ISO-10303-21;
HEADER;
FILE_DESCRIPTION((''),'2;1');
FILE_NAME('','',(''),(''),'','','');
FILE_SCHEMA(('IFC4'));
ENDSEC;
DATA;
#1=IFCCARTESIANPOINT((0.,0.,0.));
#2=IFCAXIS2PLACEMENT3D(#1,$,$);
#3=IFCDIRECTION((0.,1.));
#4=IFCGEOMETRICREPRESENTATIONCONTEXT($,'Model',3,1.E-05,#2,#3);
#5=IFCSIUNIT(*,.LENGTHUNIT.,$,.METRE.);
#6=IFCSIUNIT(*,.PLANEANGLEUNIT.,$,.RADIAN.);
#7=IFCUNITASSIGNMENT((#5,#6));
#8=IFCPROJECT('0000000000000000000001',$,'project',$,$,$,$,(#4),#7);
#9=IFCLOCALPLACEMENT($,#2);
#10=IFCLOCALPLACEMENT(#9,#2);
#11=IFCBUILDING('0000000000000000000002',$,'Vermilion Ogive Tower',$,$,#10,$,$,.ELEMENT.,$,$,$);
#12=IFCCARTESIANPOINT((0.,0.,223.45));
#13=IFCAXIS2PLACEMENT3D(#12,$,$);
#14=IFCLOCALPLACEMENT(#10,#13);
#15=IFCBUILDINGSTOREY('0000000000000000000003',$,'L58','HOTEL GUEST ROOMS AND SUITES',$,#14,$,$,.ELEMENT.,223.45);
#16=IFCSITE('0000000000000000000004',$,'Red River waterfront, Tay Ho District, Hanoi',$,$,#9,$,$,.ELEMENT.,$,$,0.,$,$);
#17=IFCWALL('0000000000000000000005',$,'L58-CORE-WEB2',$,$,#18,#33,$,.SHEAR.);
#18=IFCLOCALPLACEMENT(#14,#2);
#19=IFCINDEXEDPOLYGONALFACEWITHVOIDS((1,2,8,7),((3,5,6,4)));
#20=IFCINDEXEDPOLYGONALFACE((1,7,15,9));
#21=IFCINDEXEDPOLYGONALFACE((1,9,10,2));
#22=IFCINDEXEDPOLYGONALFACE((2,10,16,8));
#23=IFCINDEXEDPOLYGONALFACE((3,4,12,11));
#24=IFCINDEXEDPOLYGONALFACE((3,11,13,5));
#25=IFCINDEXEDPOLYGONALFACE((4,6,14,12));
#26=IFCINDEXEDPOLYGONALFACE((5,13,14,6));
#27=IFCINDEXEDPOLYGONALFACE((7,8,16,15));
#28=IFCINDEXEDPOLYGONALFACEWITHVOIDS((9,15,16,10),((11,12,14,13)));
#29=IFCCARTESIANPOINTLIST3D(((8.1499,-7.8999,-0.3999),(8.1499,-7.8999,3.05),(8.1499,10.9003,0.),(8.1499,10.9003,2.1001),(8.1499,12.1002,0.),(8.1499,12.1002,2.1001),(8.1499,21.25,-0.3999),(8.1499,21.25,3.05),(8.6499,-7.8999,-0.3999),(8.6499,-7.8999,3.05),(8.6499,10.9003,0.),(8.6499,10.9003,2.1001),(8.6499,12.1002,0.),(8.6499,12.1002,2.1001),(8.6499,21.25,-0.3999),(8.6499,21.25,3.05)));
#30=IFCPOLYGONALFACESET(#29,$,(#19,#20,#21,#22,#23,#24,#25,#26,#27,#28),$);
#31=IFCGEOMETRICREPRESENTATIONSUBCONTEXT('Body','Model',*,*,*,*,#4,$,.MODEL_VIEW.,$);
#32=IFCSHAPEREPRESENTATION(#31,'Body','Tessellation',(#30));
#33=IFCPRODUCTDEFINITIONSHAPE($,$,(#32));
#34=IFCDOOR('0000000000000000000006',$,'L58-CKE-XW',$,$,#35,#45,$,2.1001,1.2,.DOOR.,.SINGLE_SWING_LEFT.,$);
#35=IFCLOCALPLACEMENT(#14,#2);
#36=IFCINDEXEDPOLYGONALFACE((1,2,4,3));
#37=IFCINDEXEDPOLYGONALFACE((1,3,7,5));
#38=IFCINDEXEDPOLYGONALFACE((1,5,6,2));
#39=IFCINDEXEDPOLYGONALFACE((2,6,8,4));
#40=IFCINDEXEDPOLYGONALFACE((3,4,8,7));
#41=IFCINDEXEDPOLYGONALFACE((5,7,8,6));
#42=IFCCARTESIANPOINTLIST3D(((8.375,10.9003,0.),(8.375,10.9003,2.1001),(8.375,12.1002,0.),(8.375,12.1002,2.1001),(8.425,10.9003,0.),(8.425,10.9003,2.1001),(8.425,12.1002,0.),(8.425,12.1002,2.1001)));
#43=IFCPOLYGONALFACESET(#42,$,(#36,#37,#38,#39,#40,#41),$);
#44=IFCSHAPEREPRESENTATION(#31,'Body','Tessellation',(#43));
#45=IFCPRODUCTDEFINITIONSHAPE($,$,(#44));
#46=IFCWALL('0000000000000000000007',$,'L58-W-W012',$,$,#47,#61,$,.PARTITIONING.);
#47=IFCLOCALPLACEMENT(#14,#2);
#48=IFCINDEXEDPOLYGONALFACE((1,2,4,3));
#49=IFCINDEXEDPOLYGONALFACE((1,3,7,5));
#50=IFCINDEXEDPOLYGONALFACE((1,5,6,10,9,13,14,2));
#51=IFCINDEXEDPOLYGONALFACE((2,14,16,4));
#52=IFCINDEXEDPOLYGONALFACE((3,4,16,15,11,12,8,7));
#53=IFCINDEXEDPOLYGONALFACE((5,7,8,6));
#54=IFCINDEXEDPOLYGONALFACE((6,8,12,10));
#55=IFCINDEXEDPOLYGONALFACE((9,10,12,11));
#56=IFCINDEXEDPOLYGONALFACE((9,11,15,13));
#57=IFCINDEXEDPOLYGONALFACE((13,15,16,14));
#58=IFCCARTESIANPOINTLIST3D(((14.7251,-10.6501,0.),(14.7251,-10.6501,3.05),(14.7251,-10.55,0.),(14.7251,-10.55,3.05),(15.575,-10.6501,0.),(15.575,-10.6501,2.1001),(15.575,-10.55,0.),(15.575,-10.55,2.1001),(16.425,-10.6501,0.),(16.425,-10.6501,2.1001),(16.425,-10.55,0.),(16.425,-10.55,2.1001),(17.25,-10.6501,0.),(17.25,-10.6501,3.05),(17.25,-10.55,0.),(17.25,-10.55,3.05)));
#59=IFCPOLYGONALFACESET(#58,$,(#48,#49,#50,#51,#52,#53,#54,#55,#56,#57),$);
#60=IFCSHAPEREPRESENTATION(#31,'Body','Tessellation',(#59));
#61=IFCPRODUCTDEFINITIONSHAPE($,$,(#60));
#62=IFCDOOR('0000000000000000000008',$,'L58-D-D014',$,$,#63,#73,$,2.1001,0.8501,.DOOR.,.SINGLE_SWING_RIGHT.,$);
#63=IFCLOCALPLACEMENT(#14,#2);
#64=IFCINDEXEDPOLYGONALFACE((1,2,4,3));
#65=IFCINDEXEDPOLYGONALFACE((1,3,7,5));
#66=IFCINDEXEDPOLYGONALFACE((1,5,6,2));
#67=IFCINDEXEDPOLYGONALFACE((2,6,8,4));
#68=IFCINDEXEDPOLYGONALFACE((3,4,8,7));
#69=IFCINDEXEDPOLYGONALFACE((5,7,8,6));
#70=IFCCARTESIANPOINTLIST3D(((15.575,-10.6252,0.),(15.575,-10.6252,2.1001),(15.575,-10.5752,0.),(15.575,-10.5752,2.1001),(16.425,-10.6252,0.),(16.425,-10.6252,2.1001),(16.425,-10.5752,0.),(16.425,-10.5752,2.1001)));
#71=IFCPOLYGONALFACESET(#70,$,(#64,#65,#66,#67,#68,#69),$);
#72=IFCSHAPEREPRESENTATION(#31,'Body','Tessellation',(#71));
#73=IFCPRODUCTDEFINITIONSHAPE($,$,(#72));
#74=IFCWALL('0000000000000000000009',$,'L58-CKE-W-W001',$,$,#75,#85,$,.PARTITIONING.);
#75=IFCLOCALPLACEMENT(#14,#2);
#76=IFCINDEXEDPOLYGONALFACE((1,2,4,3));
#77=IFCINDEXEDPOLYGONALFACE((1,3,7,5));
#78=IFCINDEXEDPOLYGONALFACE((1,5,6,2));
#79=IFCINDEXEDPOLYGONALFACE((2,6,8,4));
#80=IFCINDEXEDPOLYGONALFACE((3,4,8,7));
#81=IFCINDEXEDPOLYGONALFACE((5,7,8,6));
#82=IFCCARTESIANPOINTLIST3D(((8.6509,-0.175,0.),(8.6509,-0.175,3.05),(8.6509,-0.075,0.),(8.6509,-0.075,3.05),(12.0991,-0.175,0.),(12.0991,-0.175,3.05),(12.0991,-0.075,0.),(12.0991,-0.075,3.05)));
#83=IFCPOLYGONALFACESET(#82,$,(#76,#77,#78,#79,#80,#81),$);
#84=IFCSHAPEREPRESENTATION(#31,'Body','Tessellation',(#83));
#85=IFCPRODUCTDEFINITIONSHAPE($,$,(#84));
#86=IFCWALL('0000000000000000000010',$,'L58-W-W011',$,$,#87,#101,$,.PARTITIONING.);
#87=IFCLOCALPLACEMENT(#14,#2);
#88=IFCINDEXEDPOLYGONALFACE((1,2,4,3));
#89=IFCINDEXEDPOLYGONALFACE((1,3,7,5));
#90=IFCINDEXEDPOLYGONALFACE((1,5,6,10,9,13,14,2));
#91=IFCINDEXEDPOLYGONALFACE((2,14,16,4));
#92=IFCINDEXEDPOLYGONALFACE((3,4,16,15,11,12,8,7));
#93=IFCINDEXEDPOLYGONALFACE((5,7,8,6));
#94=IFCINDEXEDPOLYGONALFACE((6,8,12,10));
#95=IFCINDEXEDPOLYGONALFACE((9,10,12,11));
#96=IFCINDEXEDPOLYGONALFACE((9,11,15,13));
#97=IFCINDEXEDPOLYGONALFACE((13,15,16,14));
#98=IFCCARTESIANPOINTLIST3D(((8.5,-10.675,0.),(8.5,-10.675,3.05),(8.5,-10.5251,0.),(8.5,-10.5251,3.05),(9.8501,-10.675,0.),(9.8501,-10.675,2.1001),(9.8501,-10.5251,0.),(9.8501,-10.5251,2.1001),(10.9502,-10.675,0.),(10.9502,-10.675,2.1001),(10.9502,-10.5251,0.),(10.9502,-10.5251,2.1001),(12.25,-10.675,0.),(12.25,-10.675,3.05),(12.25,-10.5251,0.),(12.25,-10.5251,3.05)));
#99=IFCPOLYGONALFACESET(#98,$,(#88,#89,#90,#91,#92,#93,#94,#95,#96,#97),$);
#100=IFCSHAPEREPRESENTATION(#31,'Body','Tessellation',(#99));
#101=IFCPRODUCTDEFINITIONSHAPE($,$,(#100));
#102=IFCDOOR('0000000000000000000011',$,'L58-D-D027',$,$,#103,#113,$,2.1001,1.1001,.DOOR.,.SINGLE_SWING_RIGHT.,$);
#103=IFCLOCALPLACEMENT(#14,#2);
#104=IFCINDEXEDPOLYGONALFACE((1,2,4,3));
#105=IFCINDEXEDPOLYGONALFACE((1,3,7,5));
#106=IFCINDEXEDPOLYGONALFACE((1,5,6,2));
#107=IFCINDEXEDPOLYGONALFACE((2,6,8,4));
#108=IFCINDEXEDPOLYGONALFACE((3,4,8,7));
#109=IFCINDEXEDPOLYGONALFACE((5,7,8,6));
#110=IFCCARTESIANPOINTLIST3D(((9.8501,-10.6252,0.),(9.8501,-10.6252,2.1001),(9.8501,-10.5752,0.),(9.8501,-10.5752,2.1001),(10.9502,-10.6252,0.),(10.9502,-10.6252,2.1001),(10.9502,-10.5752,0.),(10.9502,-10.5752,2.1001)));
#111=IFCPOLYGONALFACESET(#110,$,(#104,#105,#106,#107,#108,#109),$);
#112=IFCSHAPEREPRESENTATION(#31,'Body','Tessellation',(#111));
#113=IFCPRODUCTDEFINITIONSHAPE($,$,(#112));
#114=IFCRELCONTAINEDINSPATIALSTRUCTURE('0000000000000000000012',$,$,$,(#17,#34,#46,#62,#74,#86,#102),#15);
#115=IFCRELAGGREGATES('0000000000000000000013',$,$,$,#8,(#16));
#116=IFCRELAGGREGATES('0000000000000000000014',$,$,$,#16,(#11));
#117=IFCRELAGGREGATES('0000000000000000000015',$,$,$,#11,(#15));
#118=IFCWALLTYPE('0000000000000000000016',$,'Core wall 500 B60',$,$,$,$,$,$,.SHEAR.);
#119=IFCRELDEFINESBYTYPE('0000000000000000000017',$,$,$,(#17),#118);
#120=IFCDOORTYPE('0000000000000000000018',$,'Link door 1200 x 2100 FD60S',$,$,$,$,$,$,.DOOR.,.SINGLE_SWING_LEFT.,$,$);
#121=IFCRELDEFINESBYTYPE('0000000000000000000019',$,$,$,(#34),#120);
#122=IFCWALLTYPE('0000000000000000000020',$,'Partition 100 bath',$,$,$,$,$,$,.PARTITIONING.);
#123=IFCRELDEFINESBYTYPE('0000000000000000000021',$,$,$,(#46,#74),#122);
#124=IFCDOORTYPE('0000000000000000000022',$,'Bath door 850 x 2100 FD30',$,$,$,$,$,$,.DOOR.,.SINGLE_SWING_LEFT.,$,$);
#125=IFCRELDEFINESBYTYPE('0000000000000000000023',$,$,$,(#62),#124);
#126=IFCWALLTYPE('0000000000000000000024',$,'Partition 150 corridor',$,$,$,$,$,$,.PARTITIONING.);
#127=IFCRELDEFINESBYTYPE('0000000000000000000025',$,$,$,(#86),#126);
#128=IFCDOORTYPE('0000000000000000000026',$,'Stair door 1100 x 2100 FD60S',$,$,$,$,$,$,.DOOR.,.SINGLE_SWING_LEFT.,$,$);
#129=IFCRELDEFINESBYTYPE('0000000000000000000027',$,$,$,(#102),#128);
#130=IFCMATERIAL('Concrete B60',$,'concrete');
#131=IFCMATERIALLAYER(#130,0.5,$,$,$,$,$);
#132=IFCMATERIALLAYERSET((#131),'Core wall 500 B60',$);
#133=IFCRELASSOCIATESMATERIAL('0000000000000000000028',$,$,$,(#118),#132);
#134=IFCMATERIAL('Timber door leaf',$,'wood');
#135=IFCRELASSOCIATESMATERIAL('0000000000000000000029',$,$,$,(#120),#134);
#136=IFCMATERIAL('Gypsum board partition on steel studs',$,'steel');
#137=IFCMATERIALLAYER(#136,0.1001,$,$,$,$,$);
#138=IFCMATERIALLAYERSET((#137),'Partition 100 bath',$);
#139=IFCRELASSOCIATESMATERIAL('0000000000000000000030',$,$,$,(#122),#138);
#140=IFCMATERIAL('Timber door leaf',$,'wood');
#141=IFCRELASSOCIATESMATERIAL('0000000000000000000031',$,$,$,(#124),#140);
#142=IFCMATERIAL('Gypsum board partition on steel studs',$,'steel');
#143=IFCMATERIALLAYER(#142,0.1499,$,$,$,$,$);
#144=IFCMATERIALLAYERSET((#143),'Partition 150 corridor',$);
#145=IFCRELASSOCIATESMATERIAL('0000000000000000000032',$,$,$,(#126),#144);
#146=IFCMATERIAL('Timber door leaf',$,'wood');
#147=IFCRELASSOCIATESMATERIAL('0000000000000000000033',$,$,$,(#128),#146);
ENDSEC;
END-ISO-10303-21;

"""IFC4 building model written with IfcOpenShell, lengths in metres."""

from ifc_helpers import new_model, si_unit, direction, frame, frame_2d, origin, place, context, subcontext, project, spatial, rectangle, extrude, material, layer, layer_set, type_object, element, fill, save


model = new_model("IFC4")

# Units and contexts
model_context = context("Model", 3, precision=1e-05, world=origin(), true_north=direction((0.0, 1.0)))
body_context = subcontext(model_context, "Body", "Model", "MODEL_VIEW")
ifc_project = project(units=[si_unit("LENGTHUNIT", "METRE"), si_unit("PLANEANGLEUNIT", "RADIAN")], contexts=[model_context])

# Site, building, storey
site_placement = place(None, origin())
site = spatial("IfcSite", under=ifc_project, at=site_placement, Name="Red River waterfront, Tay Ho District, Hanoi", CompositionType="ELEMENT", RefElevation=0.0)
building_placement = place(site_placement, origin())
building = spatial("IfcBuilding", under=site, at=building_placement, Name="Vermilion Ogive Tower", CompositionType="ELEMENT")
storey_placement = place(building_placement, frame((0.0, 0.0, 223.45)))
storey = spatial("IfcBuildingStorey", under=building, at=storey_placement, Name="L58", Description="HOTEL GUEST ROOMS AND SUITES", CompositionType="ELEMENT", Elevation=223.45)

# Shared definitions
ifc_material_1 = material(Name="Concrete B60", Category="concrete")
ifc_layer_1 = layer(ifc_material_1, 0.5)
ifc_layer_set_1 = layer_set([ifc_layer_1], Name="Core wall 500 B60")
wall_type_1 = type_object("IfcWallType", Name="Core wall 500 B60", PredefinedType="SHEAR", material=ifc_layer_set_1)
ifc_material_2 = material(Name="Timber door leaf", Category="wood")
door_type_1 = type_object("IfcDoorType", Name="Link door 1200 x 2100 FD60S", OperationType="SINGLE_SWING_LEFT", PredefinedType="DOOR", material=ifc_material_2)

# Walls, openings, doors
wall_1_placement = place(storey_placement, frame((8.3999, -7.8999, -0.3999), z_axis=(0.0, 0.0, 1.0), x_axis=(0.0, 1.0, 0.0)))
wall_1 = element("IfcWall", 1, at=wall_1_placement, inside=storey, type_object=wall_type_1, Name="L58-CORE-WEB2", PredefinedType="SHEAR", context=body_context, shape_type="SweptSolid", body=[
    extrude(rectangle(XDim=29.1499, YDim=0.5, at=frame_2d((14.575, 0.0))), origin(), (0.0, 0.0, 1.0), 3.45),
])
opening_1_placement = place(wall_1_placement, frame((18.8, 0.0, 0.3999)))
opening_1 = element("IfcOpeningElement", 2, at=opening_1_placement, cuts=wall_1, PredefinedType="OPENING", context=body_context, shape_type="SweptSolid", body=[
    extrude(rectangle(XDim=1.2, YDim=2.1001, at=frame_2d((0.6001, 1.05))), frame((0.0, 0.26, 0.0), z_axis=(0.0, -1.0, 0.0), x_axis=(1.0, 0.0, 0.0)), (0.0, 0.0, 1.0), 0.52),
])
door_1_placement = place(opening_1_placement, origin())
door_1 = element("IfcDoor", 3, at=door_1_placement, inside=storey, type_object=door_type_1, Name="L58-CKE-XW", OperationType="SINGLE_SWING_LEFT", OverallHeight=2.1001, OverallWidth=1.2, PredefinedType="DOOR", context=body_context, shape_type="SweptSolid", body=[
    extrude(rectangle(XDim=1.2, YDim=2.1001, at=frame_2d((0.6001, 1.05))), frame((0.0, 0.0249, 0.0), z_axis=(0.0, -1.0, 0.0), x_axis=(1.0, 0.0, 0.0)), (0.0, 0.0, 1.0), 0.05),
])
fill(opening_1, door_1)
ifc_material_3 = material(Name="Gypsum board partition on steel studs", Category="steel")
ifc_layer_2 = layer(ifc_material_3, 0.1001)
ifc_layer_set_2 = layer_set([ifc_layer_2], Name="Partition 100 bath")
wall_type_2 = type_object("IfcWallType", Name="Partition 100 bath", PredefinedType="PARTITIONING", material=ifc_layer_set_2)
wall_2_placement = place(storey_placement, frame((14.7251, -10.6001, 0.0), z_axis=(0.0, 0.0, 1.0), x_axis=(1.0, 0.0, 0.0)))
wall_2 = element("IfcWall", 4, at=wall_2_placement, inside=storey, type_object=wall_type_2, Name="L58-W-W012", PredefinedType="PARTITIONING", context=body_context, shape_type="SweptSolid", body=[
    extrude(rectangle(XDim=2.5249, YDim=0.1001, at=frame_2d((1.2625, 0.0))), origin(), (0.0, 0.0, 1.0), 3.05),
])
opening_2_placement = place(wall_2_placement, frame((0.8499, 0.0, 0.0)))
opening_2 = element("IfcOpeningElement", 5, at=opening_2_placement, cuts=wall_2, PredefinedType="OPENING", context=body_context, shape_type="SweptSolid", body=[
    extrude(rectangle(XDim=0.8501, YDim=2.1001, at=frame_2d((0.425, 1.05))), frame((0.0, 0.0601, 0.0), z_axis=(0.0, -1.0, 0.0), x_axis=(1.0, 0.0, 0.0)), (0.0, 0.0, 1.0), 0.1201),
])
ifc_material_4 = material(Name="Timber door leaf", Category="wood")
door_type_2 = type_object("IfcDoorType", Name="Bath door 850 x 2100 FD30", OperationType="SINGLE_SWING_LEFT", PredefinedType="DOOR", material=ifc_material_4)
door_2_placement = place(opening_2_placement, origin())
door_2 = element("IfcDoor", 6, at=door_2_placement, inside=storey, type_object=door_type_2, Name="L58-D-D014", OperationType="SINGLE_SWING_RIGHT", OverallHeight=2.1001, OverallWidth=0.8501, PredefinedType="DOOR", context=body_context, shape_type="SweptSolid", body=[
    extrude(rectangle(XDim=0.8501, YDim=2.1001, at=frame_2d((0.425, 1.05))), frame((0.0, 0.0249, 0.0), z_axis=(0.0, -1.0, 0.0), x_axis=(1.0, 0.0, 0.0)), (0.0, 0.0, 1.0), 0.05),
])
fill(opening_2, door_2)

# Wall
wall_3_placement = place(storey_placement, frame((8.6509, -0.125, 0.0), z_axis=(0.0, 0.0, 1.0), x_axis=(1.0, 0.0, 0.0)))
element("IfcWall", 7, at=wall_3_placement, inside=storey, type_object=wall_type_2, Name="L58-CKE-W-W001", PredefinedType="PARTITIONING", context=body_context, shape_type="SweptSolid", body=[
    extrude(rectangle(XDim=3.4482, YDim=0.1001, at=frame_2d((1.7241, 0.0))), origin(), (0.0, 0.0, 1.0), 3.05),
])

# Wall, opening, door
ifc_material_5 = material(Name="Gypsum board partition on steel studs", Category="steel")
ifc_layer_3 = layer(ifc_material_5, 0.1499)
ifc_layer_set_3 = layer_set([ifc_layer_3], Name="Partition 150 corridor")
wall_type_3 = type_object("IfcWallType", Name="Partition 150 corridor", PredefinedType="PARTITIONING", material=ifc_layer_set_3)
wall_4_placement = place(storey_placement, frame((8.5, -10.6001, 0.0), z_axis=(0.0, 0.0, 1.0), x_axis=(1.0, 0.0, 0.0)))
wall_4 = element("IfcWall", 8, at=wall_4_placement, inside=storey, type_object=wall_type_3, Name="L58-W-W011", PredefinedType="PARTITIONING", context=body_context, shape_type="SweptSolid", body=[
    extrude(rectangle(XDim=3.75, YDim=0.1499, at=frame_2d((1.875, 0.0))), origin(), (0.0, 0.0, 1.0), 3.05),
])
opening_3_placement = place(wall_4_placement, frame((1.3501, 0.0, 0.0)))
opening_3 = element("IfcOpeningElement", 9, at=opening_3_placement, cuts=wall_4, PredefinedType="OPENING", context=body_context, shape_type="SweptSolid", body=[
    extrude(rectangle(XDim=1.1001, YDim=2.1001, at=frame_2d((0.55, 1.05))), frame((0.0, 0.085, 0.0), z_axis=(0.0, -1.0, 0.0), x_axis=(1.0, 0.0, 0.0)), (0.0, 0.0, 1.0), 0.1699),
])
ifc_material_6 = material(Name="Timber door leaf", Category="wood")
door_type_3 = type_object("IfcDoorType", Name="Stair door 1100 x 2100 FD60S", OperationType="SINGLE_SWING_LEFT", PredefinedType="DOOR", material=ifc_material_6)
door_3_placement = place(opening_3_placement, origin())
door_3 = element("IfcDoor", 10, at=door_3_placement, inside=storey, type_object=door_type_3, Name="L58-D-D027", OperationType="SINGLE_SWING_RIGHT", OverallHeight=2.1001, OverallWidth=1.1001, PredefinedType="DOOR", context=body_context, shape_type="SweptSolid", body=[
    extrude(rectangle(XDim=1.1001, YDim=2.1001, at=frame_2d((0.55, 1.05))), frame((0.0, 0.0249, 0.0), z_axis=(0.0, -1.0, 0.0), x_axis=(1.0, 0.0, 0.0)), (0.0, 0.0, 1.0), 0.05),
])
fill(opening_3, door_3)

save(model, "model.ifc")
